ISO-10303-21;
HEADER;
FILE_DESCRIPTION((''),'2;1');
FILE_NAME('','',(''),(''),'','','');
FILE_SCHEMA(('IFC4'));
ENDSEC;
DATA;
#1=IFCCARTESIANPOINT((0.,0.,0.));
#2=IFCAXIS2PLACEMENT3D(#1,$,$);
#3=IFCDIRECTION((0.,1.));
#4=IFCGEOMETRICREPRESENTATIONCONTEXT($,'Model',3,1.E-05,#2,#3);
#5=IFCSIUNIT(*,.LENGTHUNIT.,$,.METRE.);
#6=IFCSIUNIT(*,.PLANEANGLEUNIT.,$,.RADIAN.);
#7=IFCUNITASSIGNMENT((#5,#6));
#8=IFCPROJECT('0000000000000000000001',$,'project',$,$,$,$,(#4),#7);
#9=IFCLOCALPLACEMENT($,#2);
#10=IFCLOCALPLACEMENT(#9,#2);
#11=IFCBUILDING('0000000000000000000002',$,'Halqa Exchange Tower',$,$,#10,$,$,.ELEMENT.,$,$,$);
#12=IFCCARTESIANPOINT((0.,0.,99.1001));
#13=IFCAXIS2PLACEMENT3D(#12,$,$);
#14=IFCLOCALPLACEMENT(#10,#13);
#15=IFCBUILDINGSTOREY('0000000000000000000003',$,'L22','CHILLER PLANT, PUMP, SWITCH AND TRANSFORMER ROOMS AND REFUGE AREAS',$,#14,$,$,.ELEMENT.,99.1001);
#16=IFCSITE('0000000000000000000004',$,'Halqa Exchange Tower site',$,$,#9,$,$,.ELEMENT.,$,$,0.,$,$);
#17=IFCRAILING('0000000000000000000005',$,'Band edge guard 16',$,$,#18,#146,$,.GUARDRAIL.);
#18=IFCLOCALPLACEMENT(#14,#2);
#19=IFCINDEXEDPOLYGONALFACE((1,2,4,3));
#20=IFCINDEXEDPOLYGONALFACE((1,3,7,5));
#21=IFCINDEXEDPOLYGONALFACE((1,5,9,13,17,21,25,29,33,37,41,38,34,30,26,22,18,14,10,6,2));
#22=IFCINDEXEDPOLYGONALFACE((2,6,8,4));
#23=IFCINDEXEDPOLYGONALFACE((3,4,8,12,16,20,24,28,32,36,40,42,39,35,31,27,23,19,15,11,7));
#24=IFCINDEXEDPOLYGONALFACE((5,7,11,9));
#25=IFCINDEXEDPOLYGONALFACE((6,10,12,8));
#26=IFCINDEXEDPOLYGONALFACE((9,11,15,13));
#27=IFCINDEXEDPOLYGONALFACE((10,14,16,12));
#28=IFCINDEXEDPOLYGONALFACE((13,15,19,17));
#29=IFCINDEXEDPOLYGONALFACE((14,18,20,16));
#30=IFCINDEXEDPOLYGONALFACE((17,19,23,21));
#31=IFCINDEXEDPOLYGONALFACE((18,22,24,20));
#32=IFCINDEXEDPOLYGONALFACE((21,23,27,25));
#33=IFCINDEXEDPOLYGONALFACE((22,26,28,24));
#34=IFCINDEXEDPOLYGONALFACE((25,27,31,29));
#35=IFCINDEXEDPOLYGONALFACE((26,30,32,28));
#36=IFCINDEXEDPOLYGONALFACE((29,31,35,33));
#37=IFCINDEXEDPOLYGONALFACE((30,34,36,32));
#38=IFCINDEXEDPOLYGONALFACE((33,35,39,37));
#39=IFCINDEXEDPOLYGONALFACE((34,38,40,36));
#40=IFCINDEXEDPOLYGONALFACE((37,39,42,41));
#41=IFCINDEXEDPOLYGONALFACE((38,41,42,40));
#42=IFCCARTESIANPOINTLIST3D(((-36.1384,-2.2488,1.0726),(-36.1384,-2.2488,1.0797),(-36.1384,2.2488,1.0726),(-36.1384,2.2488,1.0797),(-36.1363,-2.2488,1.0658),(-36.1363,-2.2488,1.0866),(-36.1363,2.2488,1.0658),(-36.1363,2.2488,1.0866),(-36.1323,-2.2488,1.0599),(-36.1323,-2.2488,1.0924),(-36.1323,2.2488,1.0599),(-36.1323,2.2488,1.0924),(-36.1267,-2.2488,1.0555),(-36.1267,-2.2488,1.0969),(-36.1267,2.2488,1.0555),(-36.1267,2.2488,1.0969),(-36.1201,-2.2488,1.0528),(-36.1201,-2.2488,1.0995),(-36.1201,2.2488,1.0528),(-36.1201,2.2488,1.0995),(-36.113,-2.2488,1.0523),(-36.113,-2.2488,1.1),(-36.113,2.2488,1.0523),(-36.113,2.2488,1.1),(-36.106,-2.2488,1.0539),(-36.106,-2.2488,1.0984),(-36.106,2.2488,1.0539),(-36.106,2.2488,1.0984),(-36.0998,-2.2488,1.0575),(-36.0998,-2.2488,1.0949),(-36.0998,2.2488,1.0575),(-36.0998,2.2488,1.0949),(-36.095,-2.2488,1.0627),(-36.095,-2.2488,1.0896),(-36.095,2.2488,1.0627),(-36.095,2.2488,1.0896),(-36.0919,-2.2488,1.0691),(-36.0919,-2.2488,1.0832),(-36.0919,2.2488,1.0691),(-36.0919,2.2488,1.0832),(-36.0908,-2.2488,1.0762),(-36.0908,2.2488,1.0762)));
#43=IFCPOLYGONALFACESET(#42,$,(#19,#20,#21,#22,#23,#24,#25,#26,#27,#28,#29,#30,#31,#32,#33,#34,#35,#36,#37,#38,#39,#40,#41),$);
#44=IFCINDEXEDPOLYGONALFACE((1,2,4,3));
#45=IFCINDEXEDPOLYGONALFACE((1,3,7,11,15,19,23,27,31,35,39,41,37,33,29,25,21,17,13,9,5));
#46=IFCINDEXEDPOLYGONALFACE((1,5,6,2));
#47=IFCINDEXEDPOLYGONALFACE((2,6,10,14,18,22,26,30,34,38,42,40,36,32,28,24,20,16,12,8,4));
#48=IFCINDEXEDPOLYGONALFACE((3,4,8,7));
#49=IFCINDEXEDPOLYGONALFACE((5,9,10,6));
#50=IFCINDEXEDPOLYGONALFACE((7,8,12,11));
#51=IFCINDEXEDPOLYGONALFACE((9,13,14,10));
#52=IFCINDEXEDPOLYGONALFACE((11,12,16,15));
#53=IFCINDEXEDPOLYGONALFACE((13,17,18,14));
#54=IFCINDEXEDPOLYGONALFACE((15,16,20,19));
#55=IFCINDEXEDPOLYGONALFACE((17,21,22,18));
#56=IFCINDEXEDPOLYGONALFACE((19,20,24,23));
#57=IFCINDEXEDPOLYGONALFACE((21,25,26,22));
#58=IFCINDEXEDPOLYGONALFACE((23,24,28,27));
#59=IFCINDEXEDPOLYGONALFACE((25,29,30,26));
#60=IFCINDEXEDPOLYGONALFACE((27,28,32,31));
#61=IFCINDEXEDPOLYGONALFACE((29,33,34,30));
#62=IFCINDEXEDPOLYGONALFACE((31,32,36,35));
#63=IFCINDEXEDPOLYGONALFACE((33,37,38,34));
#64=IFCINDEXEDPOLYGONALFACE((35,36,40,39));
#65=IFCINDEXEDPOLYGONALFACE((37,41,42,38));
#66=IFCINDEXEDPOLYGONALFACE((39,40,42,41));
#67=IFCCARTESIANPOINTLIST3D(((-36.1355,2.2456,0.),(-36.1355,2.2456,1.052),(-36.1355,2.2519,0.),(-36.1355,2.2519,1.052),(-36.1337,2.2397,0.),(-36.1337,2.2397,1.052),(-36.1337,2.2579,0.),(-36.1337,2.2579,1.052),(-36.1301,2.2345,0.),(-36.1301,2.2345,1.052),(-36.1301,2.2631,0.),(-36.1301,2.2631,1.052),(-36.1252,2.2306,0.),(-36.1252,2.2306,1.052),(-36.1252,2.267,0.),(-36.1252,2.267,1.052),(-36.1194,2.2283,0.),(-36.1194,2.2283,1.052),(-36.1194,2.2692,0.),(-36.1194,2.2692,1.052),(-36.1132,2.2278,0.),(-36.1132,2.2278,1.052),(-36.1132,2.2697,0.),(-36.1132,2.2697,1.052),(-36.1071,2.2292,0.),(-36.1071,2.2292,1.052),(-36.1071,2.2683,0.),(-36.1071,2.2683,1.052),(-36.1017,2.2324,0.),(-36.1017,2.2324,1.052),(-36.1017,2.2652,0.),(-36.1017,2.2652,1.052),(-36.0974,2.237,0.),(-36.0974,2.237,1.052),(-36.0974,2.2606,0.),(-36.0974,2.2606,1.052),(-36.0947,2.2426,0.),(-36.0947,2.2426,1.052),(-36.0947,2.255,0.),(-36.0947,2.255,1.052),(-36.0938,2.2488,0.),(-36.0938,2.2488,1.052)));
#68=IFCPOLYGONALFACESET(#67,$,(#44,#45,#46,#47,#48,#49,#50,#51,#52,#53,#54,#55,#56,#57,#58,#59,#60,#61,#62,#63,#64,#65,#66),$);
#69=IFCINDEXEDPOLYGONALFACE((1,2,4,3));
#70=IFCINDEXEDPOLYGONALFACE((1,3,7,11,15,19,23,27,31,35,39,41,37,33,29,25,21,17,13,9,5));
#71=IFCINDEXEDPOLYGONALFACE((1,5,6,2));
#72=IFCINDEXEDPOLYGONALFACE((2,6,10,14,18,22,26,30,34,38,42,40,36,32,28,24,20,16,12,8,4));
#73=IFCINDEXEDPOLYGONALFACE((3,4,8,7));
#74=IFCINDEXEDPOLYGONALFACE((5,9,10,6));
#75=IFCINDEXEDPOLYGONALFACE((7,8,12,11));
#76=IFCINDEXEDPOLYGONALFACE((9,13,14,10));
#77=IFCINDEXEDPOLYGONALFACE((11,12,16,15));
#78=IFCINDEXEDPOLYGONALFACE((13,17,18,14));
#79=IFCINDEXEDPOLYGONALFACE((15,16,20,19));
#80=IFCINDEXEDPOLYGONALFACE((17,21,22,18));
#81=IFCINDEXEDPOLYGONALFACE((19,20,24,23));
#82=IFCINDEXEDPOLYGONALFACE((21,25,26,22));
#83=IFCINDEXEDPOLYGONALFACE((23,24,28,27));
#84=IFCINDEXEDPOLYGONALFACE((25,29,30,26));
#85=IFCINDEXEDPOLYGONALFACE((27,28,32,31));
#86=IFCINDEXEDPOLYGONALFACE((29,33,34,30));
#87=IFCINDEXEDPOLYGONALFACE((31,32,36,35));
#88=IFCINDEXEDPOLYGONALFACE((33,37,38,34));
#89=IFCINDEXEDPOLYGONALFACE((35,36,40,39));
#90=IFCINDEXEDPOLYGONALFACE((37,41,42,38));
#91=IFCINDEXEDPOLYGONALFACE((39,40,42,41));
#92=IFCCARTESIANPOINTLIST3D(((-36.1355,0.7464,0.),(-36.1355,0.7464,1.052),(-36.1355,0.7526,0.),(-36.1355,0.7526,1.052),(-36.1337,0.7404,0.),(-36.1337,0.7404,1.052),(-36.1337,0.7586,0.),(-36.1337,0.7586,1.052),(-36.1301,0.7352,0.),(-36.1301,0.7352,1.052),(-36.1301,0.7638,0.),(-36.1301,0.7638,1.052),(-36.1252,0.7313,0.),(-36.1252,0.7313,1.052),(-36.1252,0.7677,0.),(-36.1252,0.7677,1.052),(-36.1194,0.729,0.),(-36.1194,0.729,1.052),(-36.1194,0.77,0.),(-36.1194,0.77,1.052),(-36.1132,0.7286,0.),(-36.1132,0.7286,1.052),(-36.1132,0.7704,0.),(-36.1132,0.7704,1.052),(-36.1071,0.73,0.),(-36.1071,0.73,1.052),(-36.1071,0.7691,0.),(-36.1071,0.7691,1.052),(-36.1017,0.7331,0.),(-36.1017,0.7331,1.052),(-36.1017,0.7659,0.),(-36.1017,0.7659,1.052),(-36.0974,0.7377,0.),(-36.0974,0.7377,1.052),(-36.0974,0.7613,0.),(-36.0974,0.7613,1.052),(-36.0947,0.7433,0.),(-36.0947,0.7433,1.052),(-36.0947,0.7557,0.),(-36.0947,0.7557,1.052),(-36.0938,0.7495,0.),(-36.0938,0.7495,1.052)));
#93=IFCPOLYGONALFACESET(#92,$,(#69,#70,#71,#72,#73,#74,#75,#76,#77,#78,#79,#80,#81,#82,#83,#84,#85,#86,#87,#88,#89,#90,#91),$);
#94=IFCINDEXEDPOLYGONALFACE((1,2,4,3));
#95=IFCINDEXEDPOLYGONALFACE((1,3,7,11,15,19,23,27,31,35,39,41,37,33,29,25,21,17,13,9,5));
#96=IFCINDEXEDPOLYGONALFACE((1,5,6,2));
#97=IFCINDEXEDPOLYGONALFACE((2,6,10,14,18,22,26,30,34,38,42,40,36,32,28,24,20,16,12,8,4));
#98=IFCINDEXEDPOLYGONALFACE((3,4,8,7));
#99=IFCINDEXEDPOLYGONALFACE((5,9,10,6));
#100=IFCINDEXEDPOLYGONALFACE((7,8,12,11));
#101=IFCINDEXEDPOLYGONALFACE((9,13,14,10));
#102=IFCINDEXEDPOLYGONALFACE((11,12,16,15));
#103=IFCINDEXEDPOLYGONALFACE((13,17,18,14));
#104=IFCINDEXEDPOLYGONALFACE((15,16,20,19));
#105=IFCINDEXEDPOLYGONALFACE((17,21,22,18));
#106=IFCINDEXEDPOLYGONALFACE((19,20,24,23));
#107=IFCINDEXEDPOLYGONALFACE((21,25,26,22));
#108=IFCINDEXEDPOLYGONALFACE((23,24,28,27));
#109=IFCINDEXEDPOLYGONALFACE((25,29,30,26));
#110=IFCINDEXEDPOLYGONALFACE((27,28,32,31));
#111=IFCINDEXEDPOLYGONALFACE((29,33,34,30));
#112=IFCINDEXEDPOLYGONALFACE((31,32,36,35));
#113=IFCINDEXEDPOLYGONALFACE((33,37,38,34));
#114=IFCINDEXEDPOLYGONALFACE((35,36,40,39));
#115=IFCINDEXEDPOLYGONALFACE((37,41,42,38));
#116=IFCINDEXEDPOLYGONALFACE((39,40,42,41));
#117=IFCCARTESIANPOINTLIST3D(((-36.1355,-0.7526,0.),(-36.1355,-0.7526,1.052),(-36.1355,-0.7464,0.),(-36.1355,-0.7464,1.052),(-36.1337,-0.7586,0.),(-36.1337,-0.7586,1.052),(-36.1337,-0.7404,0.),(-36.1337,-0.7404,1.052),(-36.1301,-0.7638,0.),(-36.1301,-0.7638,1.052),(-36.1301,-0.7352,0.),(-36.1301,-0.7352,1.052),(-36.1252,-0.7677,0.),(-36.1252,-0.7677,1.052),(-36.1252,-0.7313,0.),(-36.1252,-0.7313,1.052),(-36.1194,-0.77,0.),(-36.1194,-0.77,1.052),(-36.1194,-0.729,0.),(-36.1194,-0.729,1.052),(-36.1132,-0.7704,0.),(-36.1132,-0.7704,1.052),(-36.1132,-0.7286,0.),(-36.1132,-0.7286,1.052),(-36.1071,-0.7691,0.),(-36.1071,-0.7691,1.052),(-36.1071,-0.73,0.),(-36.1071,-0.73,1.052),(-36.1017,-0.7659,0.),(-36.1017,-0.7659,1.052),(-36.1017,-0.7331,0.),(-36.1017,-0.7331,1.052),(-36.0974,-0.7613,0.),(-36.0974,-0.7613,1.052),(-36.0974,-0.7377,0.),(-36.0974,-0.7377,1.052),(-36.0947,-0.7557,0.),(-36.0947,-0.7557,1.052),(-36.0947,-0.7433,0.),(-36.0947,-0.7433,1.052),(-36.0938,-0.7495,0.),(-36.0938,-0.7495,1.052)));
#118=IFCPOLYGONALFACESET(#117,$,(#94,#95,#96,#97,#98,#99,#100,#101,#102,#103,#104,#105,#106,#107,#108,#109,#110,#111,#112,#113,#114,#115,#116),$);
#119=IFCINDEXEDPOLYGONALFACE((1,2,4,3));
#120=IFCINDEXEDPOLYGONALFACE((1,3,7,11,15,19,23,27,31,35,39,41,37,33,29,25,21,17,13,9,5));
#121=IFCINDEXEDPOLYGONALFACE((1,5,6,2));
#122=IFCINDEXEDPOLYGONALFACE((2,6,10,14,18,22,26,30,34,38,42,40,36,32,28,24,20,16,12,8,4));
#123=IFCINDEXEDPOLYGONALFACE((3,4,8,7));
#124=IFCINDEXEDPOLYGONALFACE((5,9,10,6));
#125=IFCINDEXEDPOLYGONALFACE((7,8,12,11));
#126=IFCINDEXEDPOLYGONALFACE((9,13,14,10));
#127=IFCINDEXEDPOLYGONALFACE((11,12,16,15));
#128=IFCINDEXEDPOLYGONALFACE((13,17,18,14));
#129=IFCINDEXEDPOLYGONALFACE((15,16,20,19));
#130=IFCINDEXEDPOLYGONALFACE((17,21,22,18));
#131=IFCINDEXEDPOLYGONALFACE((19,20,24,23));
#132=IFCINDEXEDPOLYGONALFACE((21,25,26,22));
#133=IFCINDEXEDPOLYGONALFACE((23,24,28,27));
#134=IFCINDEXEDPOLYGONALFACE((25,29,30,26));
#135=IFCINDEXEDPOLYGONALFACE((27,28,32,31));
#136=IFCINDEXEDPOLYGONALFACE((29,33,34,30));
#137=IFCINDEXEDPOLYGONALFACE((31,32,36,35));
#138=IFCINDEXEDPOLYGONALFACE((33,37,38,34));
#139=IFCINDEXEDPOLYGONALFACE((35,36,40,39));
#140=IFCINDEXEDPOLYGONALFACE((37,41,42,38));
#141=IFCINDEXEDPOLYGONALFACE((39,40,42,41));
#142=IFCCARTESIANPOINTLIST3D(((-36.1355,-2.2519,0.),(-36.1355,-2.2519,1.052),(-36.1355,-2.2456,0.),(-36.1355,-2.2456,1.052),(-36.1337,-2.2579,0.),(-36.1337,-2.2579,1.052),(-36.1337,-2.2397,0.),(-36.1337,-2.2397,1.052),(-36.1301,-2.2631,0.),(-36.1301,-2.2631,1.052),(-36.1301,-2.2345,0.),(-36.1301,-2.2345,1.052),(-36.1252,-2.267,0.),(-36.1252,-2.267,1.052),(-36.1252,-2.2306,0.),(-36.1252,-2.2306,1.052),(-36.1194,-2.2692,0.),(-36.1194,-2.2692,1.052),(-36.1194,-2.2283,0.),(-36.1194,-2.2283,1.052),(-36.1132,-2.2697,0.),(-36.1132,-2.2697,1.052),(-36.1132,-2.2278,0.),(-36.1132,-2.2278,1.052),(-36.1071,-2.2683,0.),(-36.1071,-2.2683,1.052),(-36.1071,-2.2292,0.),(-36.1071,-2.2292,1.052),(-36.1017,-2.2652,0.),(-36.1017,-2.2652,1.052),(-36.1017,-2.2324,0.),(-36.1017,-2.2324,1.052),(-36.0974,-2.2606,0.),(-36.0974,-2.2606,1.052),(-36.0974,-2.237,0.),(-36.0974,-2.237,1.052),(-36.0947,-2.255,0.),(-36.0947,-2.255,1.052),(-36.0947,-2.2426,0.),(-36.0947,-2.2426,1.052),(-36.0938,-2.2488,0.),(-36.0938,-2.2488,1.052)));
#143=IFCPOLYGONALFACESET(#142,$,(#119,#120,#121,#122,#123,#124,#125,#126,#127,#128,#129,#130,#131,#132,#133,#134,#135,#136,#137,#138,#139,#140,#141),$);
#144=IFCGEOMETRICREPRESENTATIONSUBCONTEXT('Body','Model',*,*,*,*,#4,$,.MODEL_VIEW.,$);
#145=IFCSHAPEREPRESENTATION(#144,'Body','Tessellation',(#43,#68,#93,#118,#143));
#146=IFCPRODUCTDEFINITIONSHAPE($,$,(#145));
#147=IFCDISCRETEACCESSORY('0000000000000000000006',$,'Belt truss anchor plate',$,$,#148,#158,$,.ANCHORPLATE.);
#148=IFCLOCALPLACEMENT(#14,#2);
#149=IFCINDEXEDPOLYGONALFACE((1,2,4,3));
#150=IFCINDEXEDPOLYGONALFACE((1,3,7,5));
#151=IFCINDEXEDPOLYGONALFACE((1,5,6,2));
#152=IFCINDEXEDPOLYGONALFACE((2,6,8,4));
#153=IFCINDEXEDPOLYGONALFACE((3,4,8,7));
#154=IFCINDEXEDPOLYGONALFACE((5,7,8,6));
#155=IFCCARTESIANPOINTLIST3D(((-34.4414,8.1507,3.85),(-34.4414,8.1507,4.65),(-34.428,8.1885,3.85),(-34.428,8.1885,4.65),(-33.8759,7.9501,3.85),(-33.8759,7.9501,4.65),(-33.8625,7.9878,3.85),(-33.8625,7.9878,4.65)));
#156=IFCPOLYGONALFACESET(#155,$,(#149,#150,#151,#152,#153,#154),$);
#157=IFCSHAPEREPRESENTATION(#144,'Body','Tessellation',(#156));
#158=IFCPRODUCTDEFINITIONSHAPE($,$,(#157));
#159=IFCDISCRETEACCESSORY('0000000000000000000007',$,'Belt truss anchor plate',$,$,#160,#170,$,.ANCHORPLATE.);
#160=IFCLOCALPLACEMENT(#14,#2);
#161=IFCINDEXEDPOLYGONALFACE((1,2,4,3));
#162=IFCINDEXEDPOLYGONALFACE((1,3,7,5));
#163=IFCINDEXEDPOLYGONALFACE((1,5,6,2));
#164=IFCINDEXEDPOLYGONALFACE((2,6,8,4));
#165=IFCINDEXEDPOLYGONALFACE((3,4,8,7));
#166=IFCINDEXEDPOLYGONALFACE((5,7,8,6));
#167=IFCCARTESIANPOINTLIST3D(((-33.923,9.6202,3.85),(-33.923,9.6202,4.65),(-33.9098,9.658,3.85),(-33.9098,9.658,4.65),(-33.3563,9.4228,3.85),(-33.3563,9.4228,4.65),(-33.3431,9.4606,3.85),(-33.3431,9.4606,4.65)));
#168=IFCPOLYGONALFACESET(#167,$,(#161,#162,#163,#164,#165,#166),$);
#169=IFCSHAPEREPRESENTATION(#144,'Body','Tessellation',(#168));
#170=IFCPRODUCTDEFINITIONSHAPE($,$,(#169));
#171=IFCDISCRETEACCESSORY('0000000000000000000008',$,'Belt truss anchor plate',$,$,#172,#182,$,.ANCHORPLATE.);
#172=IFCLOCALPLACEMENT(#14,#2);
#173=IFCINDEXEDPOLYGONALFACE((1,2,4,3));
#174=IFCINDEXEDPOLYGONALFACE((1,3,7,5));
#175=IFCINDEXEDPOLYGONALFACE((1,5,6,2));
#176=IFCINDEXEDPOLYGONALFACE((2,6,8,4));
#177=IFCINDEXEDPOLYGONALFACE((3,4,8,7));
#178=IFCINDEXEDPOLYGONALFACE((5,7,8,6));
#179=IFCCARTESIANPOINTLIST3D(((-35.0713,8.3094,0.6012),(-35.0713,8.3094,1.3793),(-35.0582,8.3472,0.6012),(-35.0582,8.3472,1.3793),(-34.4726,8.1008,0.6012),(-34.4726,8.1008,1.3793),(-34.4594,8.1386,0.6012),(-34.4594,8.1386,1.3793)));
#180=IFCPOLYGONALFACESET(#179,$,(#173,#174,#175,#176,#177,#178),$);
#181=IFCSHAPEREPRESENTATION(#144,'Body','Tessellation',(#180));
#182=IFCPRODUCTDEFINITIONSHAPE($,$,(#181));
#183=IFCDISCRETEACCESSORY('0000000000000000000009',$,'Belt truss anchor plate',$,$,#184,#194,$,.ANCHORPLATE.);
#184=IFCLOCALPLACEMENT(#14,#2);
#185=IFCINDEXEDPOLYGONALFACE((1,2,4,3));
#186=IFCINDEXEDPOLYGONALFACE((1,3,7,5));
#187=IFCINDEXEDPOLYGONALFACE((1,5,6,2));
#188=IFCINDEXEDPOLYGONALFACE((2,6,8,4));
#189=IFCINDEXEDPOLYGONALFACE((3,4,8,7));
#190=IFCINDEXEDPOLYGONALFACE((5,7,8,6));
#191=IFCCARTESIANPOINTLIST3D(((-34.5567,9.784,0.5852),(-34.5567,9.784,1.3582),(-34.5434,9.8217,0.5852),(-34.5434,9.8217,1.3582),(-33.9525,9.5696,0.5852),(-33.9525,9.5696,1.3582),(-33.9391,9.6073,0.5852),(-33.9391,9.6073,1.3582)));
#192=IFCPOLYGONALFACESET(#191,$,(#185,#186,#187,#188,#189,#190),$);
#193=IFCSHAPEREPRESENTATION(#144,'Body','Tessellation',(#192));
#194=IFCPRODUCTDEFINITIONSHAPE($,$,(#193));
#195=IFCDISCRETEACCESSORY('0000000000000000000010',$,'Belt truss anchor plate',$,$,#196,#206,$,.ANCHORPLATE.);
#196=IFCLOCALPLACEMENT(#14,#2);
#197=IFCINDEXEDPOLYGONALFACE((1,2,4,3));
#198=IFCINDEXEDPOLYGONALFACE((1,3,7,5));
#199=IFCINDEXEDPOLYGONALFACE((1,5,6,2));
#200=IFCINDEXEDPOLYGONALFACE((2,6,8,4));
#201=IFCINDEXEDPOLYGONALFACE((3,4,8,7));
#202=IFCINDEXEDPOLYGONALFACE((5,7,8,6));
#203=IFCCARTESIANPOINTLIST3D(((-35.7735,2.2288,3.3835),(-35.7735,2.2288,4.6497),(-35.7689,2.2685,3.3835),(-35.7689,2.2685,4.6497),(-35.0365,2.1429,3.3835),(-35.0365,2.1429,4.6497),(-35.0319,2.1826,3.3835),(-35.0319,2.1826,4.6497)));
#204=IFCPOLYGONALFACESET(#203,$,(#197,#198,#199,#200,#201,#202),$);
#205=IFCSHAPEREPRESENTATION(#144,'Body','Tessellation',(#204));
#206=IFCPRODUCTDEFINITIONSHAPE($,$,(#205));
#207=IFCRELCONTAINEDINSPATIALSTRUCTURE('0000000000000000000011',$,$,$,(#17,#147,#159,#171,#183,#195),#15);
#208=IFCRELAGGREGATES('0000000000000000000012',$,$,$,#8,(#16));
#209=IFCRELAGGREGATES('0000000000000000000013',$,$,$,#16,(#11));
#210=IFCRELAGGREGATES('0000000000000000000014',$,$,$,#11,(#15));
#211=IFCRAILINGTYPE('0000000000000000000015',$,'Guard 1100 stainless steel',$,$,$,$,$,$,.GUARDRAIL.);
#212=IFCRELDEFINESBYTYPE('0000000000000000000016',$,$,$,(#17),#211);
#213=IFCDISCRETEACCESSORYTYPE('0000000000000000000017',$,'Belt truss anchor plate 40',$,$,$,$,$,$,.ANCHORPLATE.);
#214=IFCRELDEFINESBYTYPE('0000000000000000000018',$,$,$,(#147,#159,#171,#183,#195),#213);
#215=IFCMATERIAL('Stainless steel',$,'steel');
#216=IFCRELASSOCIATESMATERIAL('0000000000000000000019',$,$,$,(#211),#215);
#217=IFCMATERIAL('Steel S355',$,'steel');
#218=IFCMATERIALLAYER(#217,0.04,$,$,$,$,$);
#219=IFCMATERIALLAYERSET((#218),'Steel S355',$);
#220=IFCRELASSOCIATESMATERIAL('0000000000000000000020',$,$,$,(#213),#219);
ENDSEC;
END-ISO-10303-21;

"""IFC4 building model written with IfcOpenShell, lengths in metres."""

from ifc_helpers import new_model, si_unit, direction, frame, origin, origin_2d, place, context, subcontext, project, spatial, rectangle, circle, extrude, material, layer, layer_set, type_object, element, save


model = new_model("IFC4")

# Units and contexts
model_context = context("Model", 3, precision=1e-05, world=origin(), true_north=direction((0.0, 1.0)))
body_context = subcontext(model_context, "Body", "Model", "MODEL_VIEW")
ifc_project = project(units=[si_unit("LENGTHUNIT", "METRE"), si_unit("PLANEANGLEUNIT", "RADIAN")], contexts=[model_context])

# Site, building, storey
site_placement = place(None, origin())
site = spatial("IfcSite", under=ifc_project, at=site_placement, Name="Halqa Exchange Tower site", CompositionType="ELEMENT", RefElevation=0.0)
building_placement = place(site_placement, origin())
building = spatial("IfcBuilding", under=site, at=building_placement, Name="Halqa Exchange Tower", CompositionType="ELEMENT")
storey_placement = place(building_placement, frame((0.0, 0.0, 99.1001)))
storey = spatial("IfcBuildingStorey", under=building, at=storey_placement, Name="L22", Description="CHILLER PLANT, PUMP, SWITCH AND TRANSFORMER ROOMS AND REFUGE AREAS", CompositionType="ELEMENT", Elevation=99.1001)

# Shared definitions
ifc_material_1 = material(Name="Steel S355", Category="steel")

# Railing
ifc_material_2 = material(Name="Stainless steel", Category="steel")
railing_type = type_object("IfcRailingType", Name="Guard 1100 stainless steel", PredefinedType="GUARDRAIL", material=ifc_material_2)
railing_1_placement = place(storey_placement, frame((-36.1147, 2.2488, 0.0)))
element("IfcRailing", 1, at=railing_1_placement, inside=storey, type_object=railing_type, Name="Band edge guard 16", PredefinedType="GUARDRAIL", context=body_context, shape_type="SweptSolid", body=[
    extrude(circle(Radius=0.0239, at=origin_2d()), frame((0.0, 0.0, 1.0762), z_axis=(0.0, -1.0, 0.0), x_axis=(1.0, 0.0, 0.0)), (0.0, 0.0, 1.0), 4.4976),
    extrude(circle(Radius=0.021, at=origin_2d()), origin(), (0.0, 0.0, 1.0), 1.052),
    extrude(circle(Radius=0.021, at=origin_2d()), frame((0.0, -1.4993, 0.0)), (0.0, 0.0, 1.0), 1.052),
    extrude(circle(Radius=0.021, at=origin_2d()), frame((0.0, -2.9983, 0.0)), (0.0, 0.0, 1.0), 1.052),
    extrude(circle(Radius=0.021, at=origin_2d()), frame((0.0, -4.4976, 0.0)), (0.0, 0.0, 1.0), 1.052),
])

# Discrete accessories
ifc_layer_1 = layer(ifc_material_1, 0.04)
ifc_layer_set_1 = layer_set([ifc_layer_1], Name="Steel S355")
discrete_accessory_type = type_object("IfcDiscreteAccessoryType", Name="Belt truss anchor plate 40", PredefinedType="ANCHORPLATE", material=ifc_layer_set_1)
for number, where, z_axis, x_axis, name in (
    (2, (-34.1453, 8.0881, 4.25), (-0.33441, -0.942428, 0.0), (0.942428, -0.33441, 0.0), "Belt truss anchor plate"),
    (3, (-33.6396, 9.5215, 4.25), (0.328993, 0.944332, 0.0), (-0.944332, 0.328993, 0.0), "Belt truss anchor plate"),
):
    element("IfcDiscreteAccessory", number, at=place(storey_placement, frame(where, z_axis=z_axis, x_axis=x_axis)), inside=storey, type_object=discrete_accessory_type, Name=name, PredefinedType="ANCHORPLATE", context=body_context, shape_type="SweptSolid", body=[
        extrude(rectangle(XDim=0.6001, YDim=0.8, at=origin_2d()), origin(), (0.0, 0.0, 1.0), 0.04),
    ])
discrete_accessory_1_placement = place(storey_placement, frame((-34.7588, 8.2429, 0.9902), z_axis=(-0.328993, -0.944332, 0.0), x_axis=(0.944332, -0.328993, 0.0)))
element("IfcDiscreteAccessory", 4, at=discrete_accessory_1_placement, inside=storey, type_object=discrete_accessory_type, Name="Belt truss anchor plate", PredefinedType="ANCHORPLATE", context=body_context, shape_type="SweptSolid", body=[
    extrude(rectangle(XDim=0.634, YDim=0.7781, at=origin_2d()), origin(), (0.0, 0.0, 1.0), 0.04),
])
discrete_accessory_2_placement = place(storey_placement, frame((-34.2546, 9.6768, 0.9717), z_axis=(0.33441, 0.942428, 0.0), x_axis=(-0.942428, 0.33441, 0.0)))
element("IfcDiscreteAccessory", 5, at=discrete_accessory_2_placement, inside=storey, type_object=discrete_accessory_type, Name="Belt truss anchor plate", PredefinedType="ANCHORPLATE", context=body_context, shape_type="SweptSolid", body=[
    extrude(rectangle(XDim=0.6411, YDim=0.7729, at=origin_2d()), origin(), (0.0, 0.0, 1.0), 0.04),
])
discrete_accessory_3_placement = place(storey_placement, frame((-35.4004, 2.2256, 4.0166), z_axis=(-0.115781, -0.993275, 0.0), x_axis=(0.993275, -0.115781, 0.0)))
element("IfcDiscreteAccessory", 6, at=discrete_accessory_3_placement, inside=storey, type_object=discrete_accessory_type, Name="Belt truss anchor plate", PredefinedType="ANCHORPLATE", context=body_context, shape_type="SweptSolid", body=[
    extrude(rectangle(XDim=0.7419, YDim=1.2661, at=origin_2d()), origin(), (0.0, 0.0, 1.0), 0.04),
])

save(model, "model.ifc")
